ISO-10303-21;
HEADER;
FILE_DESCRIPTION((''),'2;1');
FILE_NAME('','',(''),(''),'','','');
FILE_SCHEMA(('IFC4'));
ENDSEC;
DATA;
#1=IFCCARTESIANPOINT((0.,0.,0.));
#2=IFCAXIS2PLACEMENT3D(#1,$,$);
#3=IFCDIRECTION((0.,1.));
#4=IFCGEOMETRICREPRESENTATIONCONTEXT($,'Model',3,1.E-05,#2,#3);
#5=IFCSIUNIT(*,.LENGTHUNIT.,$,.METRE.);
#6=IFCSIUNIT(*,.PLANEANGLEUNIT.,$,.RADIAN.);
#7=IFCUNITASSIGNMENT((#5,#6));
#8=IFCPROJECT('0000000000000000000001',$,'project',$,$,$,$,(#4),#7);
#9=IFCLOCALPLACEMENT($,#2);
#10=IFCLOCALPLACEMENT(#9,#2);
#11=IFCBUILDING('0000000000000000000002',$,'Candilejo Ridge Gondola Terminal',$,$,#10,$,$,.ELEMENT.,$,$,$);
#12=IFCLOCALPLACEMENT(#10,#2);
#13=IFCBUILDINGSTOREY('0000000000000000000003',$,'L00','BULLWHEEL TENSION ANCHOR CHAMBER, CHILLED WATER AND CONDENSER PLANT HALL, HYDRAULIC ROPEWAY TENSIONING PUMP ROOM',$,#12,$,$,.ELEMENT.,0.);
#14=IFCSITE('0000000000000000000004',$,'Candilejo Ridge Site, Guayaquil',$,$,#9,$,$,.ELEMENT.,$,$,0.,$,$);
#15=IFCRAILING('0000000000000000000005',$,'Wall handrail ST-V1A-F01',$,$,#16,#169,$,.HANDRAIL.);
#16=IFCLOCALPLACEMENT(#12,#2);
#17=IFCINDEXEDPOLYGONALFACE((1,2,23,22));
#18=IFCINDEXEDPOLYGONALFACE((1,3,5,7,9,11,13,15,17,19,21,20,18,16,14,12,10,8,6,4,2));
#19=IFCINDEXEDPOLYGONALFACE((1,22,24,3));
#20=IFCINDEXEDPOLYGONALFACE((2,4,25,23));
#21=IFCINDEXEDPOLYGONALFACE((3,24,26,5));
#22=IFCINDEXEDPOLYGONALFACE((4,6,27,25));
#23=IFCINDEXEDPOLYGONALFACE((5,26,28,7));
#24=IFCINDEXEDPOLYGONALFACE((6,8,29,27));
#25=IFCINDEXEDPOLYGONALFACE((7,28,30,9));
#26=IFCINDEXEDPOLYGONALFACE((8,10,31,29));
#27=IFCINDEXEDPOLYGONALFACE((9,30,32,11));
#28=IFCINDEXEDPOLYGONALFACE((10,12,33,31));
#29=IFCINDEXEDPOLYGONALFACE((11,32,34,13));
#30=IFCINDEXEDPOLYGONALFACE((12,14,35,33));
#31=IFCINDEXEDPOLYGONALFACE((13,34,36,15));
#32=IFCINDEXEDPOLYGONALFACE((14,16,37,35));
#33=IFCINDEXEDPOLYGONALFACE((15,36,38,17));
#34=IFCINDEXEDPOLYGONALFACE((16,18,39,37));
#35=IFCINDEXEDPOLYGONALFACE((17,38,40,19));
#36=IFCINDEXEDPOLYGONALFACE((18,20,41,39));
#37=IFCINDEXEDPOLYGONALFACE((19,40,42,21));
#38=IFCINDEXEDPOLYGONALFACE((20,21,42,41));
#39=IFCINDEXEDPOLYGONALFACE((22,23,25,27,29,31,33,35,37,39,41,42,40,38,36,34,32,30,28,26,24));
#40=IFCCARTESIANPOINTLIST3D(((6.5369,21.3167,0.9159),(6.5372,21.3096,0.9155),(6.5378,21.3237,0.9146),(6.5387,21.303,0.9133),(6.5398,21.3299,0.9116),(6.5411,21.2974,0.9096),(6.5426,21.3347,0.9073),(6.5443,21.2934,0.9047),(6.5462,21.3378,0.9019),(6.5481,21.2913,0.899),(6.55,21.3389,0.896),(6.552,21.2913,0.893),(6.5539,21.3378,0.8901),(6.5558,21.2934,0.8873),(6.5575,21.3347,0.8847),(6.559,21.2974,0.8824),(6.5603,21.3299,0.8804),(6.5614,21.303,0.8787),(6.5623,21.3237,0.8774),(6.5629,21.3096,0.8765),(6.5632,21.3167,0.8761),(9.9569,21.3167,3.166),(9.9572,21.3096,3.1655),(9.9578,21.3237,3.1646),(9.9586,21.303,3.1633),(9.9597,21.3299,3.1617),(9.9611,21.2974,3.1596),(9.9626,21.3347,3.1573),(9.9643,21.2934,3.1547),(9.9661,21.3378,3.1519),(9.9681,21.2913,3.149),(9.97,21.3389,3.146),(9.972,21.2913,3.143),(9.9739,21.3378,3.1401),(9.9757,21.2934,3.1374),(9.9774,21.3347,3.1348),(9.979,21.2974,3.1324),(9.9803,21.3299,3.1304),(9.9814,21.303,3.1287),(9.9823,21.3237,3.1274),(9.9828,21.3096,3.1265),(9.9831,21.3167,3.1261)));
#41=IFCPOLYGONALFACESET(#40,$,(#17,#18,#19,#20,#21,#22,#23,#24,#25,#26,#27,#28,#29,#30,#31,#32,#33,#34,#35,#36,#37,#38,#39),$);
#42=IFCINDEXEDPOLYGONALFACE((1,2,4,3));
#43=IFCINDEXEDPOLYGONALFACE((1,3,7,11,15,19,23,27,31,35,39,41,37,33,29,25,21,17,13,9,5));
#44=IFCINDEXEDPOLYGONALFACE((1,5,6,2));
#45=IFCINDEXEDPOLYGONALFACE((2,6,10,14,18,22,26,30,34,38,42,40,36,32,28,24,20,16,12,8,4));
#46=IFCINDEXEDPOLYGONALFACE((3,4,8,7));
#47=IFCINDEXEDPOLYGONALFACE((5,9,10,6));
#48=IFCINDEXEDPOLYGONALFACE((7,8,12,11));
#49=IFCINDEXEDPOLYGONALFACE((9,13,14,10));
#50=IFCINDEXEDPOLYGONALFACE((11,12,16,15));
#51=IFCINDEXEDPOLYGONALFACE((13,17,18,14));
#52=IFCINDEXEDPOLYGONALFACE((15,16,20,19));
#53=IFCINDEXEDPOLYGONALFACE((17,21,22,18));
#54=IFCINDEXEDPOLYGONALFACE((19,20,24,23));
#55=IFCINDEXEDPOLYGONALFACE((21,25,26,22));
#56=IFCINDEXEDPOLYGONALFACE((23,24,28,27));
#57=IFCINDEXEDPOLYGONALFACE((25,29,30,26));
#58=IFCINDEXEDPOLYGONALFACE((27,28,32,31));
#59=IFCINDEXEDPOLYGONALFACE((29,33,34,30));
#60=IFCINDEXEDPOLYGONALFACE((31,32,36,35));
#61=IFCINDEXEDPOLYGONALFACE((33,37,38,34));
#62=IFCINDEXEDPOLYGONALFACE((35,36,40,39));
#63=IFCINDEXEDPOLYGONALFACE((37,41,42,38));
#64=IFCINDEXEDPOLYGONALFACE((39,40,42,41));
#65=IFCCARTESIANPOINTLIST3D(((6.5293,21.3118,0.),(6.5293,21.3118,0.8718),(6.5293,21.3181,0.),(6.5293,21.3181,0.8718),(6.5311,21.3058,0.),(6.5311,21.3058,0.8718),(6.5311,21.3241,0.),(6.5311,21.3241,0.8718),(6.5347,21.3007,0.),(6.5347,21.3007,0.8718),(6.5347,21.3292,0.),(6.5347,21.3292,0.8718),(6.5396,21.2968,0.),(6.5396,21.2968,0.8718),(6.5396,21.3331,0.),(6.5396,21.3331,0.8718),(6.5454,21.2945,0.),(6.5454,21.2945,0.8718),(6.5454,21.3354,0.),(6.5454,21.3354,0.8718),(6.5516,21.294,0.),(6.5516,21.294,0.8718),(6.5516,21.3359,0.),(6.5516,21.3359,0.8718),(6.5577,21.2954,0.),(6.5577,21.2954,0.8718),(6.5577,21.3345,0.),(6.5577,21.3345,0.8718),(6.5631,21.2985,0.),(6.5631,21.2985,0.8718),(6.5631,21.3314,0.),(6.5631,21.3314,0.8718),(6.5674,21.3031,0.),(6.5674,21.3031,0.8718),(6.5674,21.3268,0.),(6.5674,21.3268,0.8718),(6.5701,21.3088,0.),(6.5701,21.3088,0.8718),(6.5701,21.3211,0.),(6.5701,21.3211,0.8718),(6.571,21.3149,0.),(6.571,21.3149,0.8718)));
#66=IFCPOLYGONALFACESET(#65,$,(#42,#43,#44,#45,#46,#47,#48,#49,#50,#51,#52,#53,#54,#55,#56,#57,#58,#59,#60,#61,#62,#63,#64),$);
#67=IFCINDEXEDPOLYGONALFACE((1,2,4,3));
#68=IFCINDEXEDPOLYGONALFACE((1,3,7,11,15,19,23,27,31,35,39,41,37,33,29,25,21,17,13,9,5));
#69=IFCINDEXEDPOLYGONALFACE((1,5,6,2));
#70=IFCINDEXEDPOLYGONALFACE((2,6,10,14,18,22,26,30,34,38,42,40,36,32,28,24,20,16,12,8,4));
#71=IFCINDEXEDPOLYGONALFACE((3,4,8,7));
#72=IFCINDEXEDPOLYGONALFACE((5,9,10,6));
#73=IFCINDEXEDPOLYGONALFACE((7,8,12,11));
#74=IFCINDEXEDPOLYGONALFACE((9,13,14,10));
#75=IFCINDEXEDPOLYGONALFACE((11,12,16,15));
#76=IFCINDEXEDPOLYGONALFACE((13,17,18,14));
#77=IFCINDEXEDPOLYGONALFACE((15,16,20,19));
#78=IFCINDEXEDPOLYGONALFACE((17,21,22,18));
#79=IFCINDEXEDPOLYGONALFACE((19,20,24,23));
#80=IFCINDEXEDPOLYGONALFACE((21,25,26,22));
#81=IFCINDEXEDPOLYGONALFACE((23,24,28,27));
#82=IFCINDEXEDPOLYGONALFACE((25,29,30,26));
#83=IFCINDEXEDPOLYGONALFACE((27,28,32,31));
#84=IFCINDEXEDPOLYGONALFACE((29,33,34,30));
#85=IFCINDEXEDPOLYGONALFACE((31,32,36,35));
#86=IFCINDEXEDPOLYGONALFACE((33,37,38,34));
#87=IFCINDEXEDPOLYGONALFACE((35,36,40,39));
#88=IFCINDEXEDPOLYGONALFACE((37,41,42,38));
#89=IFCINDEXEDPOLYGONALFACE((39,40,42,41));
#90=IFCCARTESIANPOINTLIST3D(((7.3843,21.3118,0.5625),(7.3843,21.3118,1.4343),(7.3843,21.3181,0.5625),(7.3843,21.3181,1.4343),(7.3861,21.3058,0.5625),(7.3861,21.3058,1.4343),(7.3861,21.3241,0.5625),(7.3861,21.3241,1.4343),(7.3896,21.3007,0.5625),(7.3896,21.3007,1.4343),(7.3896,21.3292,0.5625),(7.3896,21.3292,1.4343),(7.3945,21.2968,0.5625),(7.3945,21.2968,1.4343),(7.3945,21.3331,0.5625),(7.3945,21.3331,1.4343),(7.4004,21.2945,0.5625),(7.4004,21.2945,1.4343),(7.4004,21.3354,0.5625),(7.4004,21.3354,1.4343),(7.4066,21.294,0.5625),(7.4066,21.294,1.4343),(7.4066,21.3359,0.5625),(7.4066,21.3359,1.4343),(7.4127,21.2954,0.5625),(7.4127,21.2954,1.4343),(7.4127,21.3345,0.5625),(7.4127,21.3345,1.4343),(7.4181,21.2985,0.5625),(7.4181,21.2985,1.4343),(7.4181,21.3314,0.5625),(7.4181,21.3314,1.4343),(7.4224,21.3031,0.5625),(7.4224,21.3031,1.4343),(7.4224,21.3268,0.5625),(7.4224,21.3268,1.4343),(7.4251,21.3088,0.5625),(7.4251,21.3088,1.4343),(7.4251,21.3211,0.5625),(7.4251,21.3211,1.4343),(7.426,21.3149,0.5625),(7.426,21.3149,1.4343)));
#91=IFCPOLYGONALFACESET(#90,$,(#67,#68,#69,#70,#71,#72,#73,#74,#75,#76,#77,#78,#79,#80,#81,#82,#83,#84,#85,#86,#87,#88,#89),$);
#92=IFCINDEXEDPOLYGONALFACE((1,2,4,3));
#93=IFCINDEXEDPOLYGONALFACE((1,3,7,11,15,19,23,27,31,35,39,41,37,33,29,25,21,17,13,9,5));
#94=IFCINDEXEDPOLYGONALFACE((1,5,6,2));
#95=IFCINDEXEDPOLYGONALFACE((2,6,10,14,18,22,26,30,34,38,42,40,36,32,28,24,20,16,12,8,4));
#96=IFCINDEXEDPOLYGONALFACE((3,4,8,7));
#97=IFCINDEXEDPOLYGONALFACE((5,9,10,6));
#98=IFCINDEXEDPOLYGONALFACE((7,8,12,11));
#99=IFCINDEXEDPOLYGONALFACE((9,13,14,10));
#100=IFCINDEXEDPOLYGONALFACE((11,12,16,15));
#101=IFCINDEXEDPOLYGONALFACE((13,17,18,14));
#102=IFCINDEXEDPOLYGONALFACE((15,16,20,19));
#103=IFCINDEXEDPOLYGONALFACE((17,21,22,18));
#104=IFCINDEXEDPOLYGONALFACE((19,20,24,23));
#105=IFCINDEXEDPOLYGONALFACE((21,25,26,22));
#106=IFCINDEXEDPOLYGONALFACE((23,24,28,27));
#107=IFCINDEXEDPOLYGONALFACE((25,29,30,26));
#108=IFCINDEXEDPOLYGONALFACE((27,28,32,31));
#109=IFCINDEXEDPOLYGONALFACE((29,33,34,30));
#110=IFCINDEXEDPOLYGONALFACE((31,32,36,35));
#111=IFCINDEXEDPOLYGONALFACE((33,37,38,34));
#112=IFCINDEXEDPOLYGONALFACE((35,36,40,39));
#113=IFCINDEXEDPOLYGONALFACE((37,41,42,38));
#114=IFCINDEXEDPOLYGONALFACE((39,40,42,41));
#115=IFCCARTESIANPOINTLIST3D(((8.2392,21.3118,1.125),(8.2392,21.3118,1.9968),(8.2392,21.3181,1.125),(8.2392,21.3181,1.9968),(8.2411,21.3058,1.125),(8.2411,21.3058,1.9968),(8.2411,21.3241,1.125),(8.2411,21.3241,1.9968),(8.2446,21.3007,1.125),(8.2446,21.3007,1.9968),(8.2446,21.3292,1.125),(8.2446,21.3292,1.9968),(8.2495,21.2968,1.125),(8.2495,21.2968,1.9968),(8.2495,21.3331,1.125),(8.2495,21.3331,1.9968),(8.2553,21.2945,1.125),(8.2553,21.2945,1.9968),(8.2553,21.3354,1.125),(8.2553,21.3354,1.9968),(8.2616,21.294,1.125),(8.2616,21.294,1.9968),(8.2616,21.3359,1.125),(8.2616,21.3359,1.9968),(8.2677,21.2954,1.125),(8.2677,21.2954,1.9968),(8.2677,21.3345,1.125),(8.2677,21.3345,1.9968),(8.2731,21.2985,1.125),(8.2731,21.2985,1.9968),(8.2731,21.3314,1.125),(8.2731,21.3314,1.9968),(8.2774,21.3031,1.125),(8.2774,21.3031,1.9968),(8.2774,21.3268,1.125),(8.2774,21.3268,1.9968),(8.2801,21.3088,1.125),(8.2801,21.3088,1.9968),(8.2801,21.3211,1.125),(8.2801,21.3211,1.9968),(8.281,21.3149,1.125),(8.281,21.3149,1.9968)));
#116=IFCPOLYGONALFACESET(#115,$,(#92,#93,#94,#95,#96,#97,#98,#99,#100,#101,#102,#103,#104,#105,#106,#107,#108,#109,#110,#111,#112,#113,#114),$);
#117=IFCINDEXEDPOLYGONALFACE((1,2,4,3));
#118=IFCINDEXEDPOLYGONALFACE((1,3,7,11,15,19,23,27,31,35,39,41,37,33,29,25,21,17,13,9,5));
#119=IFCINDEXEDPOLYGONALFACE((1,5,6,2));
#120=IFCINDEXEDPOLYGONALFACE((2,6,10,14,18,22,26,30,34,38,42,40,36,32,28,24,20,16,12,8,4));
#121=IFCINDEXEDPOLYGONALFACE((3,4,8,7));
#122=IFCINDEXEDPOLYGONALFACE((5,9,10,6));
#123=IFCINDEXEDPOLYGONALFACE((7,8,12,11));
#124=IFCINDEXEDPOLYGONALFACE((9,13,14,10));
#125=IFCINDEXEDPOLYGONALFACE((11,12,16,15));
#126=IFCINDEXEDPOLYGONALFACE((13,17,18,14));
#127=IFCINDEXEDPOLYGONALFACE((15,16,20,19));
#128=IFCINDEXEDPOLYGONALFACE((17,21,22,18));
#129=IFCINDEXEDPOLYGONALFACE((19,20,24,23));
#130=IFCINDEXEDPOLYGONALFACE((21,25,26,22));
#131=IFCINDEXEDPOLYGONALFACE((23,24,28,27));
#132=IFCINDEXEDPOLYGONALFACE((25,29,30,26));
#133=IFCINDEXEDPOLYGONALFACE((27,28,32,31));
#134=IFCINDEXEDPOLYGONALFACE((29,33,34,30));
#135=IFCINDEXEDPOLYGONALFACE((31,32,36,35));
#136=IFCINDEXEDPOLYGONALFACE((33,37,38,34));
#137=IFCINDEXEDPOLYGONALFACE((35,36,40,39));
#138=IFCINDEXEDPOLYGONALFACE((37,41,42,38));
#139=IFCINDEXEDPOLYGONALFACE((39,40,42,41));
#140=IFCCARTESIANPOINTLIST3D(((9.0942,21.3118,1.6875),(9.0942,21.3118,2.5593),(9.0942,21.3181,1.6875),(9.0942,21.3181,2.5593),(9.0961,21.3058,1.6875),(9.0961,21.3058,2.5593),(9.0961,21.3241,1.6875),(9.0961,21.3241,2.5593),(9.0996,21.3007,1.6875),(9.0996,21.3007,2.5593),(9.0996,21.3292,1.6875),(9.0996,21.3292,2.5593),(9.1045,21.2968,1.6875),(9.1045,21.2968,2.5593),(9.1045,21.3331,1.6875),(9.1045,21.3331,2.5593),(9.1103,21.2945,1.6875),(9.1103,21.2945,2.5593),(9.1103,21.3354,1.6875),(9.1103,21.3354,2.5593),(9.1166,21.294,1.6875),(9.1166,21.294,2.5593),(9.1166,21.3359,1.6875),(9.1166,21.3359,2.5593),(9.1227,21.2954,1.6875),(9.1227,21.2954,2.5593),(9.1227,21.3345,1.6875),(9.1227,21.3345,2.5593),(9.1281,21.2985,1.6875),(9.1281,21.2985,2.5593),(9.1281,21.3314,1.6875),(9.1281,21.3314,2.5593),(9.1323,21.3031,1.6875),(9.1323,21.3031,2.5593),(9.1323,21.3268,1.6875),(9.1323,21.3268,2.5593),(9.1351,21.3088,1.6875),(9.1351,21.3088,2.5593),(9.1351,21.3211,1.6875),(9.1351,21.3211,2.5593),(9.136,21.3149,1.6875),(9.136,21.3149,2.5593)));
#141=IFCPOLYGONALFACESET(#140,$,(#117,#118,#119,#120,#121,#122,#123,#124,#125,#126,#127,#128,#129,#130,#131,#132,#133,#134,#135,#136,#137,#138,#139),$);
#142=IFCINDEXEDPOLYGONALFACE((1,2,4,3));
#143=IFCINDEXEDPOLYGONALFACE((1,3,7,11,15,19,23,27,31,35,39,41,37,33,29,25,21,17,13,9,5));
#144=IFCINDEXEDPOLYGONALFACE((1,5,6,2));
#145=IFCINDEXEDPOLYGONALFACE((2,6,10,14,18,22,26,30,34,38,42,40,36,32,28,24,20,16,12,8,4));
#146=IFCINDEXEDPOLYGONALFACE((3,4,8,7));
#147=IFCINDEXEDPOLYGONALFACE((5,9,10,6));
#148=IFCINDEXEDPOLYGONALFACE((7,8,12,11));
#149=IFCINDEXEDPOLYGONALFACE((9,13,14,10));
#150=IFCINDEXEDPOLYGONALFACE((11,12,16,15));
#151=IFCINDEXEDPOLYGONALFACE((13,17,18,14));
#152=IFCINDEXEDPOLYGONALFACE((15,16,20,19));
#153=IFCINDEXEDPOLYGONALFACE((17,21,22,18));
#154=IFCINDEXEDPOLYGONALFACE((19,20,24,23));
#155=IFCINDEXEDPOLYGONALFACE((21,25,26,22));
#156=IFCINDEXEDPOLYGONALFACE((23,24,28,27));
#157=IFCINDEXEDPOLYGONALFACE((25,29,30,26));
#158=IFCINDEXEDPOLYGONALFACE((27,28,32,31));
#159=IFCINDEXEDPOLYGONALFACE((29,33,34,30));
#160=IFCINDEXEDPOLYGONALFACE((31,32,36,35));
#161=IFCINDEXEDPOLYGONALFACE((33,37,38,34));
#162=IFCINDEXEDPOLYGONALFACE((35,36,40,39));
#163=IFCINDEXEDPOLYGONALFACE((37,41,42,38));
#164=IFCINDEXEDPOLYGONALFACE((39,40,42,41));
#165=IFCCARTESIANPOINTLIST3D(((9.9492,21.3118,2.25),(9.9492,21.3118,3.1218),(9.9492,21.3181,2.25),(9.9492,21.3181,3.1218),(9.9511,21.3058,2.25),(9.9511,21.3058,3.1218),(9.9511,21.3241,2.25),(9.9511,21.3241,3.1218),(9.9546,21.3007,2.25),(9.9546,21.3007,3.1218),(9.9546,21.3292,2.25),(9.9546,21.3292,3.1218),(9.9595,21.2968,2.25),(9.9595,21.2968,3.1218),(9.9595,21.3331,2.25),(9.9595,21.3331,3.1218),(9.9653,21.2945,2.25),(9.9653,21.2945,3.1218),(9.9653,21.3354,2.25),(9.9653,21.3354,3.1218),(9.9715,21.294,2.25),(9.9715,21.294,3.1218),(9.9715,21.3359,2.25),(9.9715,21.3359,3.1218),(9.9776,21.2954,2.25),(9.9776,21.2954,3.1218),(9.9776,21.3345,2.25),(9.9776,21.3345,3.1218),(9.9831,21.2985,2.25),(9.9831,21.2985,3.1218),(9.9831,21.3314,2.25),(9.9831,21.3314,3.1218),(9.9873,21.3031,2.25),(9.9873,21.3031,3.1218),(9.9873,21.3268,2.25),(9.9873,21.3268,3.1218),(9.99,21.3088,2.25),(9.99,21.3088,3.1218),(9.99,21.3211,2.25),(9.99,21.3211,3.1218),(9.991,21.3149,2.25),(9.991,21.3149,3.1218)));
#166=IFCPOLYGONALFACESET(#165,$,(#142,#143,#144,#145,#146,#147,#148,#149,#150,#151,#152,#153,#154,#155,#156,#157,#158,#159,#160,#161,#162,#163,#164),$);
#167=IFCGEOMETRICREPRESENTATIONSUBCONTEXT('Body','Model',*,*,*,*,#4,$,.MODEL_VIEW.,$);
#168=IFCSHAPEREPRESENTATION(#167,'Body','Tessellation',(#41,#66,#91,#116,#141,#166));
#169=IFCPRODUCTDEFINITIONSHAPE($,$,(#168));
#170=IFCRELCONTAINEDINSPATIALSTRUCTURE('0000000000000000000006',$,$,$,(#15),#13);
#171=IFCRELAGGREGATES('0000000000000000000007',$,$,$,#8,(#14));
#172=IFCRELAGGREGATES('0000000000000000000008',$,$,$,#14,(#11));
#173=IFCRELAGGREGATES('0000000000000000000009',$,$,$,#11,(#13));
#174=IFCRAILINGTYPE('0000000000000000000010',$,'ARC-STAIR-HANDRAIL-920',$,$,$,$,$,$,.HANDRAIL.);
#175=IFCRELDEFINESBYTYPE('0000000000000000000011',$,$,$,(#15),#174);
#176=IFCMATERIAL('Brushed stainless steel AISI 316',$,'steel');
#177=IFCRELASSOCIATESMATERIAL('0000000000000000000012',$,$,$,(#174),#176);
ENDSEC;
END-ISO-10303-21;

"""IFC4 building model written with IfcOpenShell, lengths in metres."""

from ifc_helpers import new_model, si_unit, direction, frame, origin, origin_2d, place, context, subcontext, project, spatial, circle, extrude, material, type_object, element, save


model = new_model("IFC4")

# Units and contexts
model_context = context("Model", 3, precision=1e-05, world=origin(), true_north=direction((0.0, 1.0)))
body_context = subcontext(model_context, "Body", "Model", "MODEL_VIEW")
ifc_project = project(units=[si_unit("LENGTHUNIT", "METRE"), si_unit("PLANEANGLEUNIT", "RADIAN")], contexts=[model_context])

# Site, building, storey
site_placement = place(None, origin())
site = spatial("IfcSite", under=ifc_project, at=site_placement, Name="Candilejo Ridge Site, Guayaquil", CompositionType="ELEMENT", RefElevation=0.0)
building_placement = place(site_placement, origin())
building = spatial("IfcBuilding", under=site, at=building_placement, Name="Candilejo Ridge Gondola Terminal", CompositionType="ELEMENT")
storey_placement = place(building_placement, origin())
storey = spatial("IfcBuildingStorey", under=building, at=storey_placement, Name="L00", Description="BULLWHEEL TENSION ANCHOR CHAMBER, CHILLED WATER AND CONDENSER PLANT HALL, HYDRAULIC ROPEWAY TENSIONING PUMP ROOM", CompositionType="ELEMENT", Elevation=0.0)

# Railing
ifc_material_1 = material(Name="Brushed stainless steel AISI 316", Category="steel")
railing_type_1 = type_object("IfcRailingType", Name="ARC-STAIR-HANDRAIL-920", PredefinedType="HANDRAIL", material=ifc_material_1)
railing_1_placement = place(storey_placement, frame((6.55, 21.3149, 0.0)))
element("IfcRailing", 1, at=railing_1_placement, inside=storey, type_object=railing_type_1, Name="Wall handrail ST-V1A-F01", PredefinedType="HANDRAIL", context=body_context, shape_type="SweptSolid", body=[
    extrude(circle(Radius=0.0239, at=origin_2d()), frame((0.0, 0.0, 0.896), z_axis=(0.835411, 0.0, 0.549625), x_axis=(0.0, 1.0, 0.0)), (0.0, 0.0, 1.0), 4.0938),
    extrude(circle(Radius=0.021, at=origin_2d()), origin(), (0.0, 0.0, 1.0), 0.8718),
    extrude(circle(Radius=0.021, at=origin_2d()), frame((0.855, 0.0, 0.5625)), (0.0, 0.0, 1.0), 0.8718),
    extrude(circle(Radius=0.021, at=origin_2d()), frame((1.71, 0.0, 1.125)), (0.0, 0.0, 1.0), 0.8718),
    extrude(circle(Radius=0.021, at=origin_2d()), frame((2.5649, 0.0, 1.6875)), (0.0, 0.0, 1.0), 0.8718),
    extrude(circle(Radius=0.021, at=origin_2d()), frame((3.4199, 0.0, 2.25)), (0.0, 0.0, 1.0), 0.8718),
])

save(model, "model.ifc")
